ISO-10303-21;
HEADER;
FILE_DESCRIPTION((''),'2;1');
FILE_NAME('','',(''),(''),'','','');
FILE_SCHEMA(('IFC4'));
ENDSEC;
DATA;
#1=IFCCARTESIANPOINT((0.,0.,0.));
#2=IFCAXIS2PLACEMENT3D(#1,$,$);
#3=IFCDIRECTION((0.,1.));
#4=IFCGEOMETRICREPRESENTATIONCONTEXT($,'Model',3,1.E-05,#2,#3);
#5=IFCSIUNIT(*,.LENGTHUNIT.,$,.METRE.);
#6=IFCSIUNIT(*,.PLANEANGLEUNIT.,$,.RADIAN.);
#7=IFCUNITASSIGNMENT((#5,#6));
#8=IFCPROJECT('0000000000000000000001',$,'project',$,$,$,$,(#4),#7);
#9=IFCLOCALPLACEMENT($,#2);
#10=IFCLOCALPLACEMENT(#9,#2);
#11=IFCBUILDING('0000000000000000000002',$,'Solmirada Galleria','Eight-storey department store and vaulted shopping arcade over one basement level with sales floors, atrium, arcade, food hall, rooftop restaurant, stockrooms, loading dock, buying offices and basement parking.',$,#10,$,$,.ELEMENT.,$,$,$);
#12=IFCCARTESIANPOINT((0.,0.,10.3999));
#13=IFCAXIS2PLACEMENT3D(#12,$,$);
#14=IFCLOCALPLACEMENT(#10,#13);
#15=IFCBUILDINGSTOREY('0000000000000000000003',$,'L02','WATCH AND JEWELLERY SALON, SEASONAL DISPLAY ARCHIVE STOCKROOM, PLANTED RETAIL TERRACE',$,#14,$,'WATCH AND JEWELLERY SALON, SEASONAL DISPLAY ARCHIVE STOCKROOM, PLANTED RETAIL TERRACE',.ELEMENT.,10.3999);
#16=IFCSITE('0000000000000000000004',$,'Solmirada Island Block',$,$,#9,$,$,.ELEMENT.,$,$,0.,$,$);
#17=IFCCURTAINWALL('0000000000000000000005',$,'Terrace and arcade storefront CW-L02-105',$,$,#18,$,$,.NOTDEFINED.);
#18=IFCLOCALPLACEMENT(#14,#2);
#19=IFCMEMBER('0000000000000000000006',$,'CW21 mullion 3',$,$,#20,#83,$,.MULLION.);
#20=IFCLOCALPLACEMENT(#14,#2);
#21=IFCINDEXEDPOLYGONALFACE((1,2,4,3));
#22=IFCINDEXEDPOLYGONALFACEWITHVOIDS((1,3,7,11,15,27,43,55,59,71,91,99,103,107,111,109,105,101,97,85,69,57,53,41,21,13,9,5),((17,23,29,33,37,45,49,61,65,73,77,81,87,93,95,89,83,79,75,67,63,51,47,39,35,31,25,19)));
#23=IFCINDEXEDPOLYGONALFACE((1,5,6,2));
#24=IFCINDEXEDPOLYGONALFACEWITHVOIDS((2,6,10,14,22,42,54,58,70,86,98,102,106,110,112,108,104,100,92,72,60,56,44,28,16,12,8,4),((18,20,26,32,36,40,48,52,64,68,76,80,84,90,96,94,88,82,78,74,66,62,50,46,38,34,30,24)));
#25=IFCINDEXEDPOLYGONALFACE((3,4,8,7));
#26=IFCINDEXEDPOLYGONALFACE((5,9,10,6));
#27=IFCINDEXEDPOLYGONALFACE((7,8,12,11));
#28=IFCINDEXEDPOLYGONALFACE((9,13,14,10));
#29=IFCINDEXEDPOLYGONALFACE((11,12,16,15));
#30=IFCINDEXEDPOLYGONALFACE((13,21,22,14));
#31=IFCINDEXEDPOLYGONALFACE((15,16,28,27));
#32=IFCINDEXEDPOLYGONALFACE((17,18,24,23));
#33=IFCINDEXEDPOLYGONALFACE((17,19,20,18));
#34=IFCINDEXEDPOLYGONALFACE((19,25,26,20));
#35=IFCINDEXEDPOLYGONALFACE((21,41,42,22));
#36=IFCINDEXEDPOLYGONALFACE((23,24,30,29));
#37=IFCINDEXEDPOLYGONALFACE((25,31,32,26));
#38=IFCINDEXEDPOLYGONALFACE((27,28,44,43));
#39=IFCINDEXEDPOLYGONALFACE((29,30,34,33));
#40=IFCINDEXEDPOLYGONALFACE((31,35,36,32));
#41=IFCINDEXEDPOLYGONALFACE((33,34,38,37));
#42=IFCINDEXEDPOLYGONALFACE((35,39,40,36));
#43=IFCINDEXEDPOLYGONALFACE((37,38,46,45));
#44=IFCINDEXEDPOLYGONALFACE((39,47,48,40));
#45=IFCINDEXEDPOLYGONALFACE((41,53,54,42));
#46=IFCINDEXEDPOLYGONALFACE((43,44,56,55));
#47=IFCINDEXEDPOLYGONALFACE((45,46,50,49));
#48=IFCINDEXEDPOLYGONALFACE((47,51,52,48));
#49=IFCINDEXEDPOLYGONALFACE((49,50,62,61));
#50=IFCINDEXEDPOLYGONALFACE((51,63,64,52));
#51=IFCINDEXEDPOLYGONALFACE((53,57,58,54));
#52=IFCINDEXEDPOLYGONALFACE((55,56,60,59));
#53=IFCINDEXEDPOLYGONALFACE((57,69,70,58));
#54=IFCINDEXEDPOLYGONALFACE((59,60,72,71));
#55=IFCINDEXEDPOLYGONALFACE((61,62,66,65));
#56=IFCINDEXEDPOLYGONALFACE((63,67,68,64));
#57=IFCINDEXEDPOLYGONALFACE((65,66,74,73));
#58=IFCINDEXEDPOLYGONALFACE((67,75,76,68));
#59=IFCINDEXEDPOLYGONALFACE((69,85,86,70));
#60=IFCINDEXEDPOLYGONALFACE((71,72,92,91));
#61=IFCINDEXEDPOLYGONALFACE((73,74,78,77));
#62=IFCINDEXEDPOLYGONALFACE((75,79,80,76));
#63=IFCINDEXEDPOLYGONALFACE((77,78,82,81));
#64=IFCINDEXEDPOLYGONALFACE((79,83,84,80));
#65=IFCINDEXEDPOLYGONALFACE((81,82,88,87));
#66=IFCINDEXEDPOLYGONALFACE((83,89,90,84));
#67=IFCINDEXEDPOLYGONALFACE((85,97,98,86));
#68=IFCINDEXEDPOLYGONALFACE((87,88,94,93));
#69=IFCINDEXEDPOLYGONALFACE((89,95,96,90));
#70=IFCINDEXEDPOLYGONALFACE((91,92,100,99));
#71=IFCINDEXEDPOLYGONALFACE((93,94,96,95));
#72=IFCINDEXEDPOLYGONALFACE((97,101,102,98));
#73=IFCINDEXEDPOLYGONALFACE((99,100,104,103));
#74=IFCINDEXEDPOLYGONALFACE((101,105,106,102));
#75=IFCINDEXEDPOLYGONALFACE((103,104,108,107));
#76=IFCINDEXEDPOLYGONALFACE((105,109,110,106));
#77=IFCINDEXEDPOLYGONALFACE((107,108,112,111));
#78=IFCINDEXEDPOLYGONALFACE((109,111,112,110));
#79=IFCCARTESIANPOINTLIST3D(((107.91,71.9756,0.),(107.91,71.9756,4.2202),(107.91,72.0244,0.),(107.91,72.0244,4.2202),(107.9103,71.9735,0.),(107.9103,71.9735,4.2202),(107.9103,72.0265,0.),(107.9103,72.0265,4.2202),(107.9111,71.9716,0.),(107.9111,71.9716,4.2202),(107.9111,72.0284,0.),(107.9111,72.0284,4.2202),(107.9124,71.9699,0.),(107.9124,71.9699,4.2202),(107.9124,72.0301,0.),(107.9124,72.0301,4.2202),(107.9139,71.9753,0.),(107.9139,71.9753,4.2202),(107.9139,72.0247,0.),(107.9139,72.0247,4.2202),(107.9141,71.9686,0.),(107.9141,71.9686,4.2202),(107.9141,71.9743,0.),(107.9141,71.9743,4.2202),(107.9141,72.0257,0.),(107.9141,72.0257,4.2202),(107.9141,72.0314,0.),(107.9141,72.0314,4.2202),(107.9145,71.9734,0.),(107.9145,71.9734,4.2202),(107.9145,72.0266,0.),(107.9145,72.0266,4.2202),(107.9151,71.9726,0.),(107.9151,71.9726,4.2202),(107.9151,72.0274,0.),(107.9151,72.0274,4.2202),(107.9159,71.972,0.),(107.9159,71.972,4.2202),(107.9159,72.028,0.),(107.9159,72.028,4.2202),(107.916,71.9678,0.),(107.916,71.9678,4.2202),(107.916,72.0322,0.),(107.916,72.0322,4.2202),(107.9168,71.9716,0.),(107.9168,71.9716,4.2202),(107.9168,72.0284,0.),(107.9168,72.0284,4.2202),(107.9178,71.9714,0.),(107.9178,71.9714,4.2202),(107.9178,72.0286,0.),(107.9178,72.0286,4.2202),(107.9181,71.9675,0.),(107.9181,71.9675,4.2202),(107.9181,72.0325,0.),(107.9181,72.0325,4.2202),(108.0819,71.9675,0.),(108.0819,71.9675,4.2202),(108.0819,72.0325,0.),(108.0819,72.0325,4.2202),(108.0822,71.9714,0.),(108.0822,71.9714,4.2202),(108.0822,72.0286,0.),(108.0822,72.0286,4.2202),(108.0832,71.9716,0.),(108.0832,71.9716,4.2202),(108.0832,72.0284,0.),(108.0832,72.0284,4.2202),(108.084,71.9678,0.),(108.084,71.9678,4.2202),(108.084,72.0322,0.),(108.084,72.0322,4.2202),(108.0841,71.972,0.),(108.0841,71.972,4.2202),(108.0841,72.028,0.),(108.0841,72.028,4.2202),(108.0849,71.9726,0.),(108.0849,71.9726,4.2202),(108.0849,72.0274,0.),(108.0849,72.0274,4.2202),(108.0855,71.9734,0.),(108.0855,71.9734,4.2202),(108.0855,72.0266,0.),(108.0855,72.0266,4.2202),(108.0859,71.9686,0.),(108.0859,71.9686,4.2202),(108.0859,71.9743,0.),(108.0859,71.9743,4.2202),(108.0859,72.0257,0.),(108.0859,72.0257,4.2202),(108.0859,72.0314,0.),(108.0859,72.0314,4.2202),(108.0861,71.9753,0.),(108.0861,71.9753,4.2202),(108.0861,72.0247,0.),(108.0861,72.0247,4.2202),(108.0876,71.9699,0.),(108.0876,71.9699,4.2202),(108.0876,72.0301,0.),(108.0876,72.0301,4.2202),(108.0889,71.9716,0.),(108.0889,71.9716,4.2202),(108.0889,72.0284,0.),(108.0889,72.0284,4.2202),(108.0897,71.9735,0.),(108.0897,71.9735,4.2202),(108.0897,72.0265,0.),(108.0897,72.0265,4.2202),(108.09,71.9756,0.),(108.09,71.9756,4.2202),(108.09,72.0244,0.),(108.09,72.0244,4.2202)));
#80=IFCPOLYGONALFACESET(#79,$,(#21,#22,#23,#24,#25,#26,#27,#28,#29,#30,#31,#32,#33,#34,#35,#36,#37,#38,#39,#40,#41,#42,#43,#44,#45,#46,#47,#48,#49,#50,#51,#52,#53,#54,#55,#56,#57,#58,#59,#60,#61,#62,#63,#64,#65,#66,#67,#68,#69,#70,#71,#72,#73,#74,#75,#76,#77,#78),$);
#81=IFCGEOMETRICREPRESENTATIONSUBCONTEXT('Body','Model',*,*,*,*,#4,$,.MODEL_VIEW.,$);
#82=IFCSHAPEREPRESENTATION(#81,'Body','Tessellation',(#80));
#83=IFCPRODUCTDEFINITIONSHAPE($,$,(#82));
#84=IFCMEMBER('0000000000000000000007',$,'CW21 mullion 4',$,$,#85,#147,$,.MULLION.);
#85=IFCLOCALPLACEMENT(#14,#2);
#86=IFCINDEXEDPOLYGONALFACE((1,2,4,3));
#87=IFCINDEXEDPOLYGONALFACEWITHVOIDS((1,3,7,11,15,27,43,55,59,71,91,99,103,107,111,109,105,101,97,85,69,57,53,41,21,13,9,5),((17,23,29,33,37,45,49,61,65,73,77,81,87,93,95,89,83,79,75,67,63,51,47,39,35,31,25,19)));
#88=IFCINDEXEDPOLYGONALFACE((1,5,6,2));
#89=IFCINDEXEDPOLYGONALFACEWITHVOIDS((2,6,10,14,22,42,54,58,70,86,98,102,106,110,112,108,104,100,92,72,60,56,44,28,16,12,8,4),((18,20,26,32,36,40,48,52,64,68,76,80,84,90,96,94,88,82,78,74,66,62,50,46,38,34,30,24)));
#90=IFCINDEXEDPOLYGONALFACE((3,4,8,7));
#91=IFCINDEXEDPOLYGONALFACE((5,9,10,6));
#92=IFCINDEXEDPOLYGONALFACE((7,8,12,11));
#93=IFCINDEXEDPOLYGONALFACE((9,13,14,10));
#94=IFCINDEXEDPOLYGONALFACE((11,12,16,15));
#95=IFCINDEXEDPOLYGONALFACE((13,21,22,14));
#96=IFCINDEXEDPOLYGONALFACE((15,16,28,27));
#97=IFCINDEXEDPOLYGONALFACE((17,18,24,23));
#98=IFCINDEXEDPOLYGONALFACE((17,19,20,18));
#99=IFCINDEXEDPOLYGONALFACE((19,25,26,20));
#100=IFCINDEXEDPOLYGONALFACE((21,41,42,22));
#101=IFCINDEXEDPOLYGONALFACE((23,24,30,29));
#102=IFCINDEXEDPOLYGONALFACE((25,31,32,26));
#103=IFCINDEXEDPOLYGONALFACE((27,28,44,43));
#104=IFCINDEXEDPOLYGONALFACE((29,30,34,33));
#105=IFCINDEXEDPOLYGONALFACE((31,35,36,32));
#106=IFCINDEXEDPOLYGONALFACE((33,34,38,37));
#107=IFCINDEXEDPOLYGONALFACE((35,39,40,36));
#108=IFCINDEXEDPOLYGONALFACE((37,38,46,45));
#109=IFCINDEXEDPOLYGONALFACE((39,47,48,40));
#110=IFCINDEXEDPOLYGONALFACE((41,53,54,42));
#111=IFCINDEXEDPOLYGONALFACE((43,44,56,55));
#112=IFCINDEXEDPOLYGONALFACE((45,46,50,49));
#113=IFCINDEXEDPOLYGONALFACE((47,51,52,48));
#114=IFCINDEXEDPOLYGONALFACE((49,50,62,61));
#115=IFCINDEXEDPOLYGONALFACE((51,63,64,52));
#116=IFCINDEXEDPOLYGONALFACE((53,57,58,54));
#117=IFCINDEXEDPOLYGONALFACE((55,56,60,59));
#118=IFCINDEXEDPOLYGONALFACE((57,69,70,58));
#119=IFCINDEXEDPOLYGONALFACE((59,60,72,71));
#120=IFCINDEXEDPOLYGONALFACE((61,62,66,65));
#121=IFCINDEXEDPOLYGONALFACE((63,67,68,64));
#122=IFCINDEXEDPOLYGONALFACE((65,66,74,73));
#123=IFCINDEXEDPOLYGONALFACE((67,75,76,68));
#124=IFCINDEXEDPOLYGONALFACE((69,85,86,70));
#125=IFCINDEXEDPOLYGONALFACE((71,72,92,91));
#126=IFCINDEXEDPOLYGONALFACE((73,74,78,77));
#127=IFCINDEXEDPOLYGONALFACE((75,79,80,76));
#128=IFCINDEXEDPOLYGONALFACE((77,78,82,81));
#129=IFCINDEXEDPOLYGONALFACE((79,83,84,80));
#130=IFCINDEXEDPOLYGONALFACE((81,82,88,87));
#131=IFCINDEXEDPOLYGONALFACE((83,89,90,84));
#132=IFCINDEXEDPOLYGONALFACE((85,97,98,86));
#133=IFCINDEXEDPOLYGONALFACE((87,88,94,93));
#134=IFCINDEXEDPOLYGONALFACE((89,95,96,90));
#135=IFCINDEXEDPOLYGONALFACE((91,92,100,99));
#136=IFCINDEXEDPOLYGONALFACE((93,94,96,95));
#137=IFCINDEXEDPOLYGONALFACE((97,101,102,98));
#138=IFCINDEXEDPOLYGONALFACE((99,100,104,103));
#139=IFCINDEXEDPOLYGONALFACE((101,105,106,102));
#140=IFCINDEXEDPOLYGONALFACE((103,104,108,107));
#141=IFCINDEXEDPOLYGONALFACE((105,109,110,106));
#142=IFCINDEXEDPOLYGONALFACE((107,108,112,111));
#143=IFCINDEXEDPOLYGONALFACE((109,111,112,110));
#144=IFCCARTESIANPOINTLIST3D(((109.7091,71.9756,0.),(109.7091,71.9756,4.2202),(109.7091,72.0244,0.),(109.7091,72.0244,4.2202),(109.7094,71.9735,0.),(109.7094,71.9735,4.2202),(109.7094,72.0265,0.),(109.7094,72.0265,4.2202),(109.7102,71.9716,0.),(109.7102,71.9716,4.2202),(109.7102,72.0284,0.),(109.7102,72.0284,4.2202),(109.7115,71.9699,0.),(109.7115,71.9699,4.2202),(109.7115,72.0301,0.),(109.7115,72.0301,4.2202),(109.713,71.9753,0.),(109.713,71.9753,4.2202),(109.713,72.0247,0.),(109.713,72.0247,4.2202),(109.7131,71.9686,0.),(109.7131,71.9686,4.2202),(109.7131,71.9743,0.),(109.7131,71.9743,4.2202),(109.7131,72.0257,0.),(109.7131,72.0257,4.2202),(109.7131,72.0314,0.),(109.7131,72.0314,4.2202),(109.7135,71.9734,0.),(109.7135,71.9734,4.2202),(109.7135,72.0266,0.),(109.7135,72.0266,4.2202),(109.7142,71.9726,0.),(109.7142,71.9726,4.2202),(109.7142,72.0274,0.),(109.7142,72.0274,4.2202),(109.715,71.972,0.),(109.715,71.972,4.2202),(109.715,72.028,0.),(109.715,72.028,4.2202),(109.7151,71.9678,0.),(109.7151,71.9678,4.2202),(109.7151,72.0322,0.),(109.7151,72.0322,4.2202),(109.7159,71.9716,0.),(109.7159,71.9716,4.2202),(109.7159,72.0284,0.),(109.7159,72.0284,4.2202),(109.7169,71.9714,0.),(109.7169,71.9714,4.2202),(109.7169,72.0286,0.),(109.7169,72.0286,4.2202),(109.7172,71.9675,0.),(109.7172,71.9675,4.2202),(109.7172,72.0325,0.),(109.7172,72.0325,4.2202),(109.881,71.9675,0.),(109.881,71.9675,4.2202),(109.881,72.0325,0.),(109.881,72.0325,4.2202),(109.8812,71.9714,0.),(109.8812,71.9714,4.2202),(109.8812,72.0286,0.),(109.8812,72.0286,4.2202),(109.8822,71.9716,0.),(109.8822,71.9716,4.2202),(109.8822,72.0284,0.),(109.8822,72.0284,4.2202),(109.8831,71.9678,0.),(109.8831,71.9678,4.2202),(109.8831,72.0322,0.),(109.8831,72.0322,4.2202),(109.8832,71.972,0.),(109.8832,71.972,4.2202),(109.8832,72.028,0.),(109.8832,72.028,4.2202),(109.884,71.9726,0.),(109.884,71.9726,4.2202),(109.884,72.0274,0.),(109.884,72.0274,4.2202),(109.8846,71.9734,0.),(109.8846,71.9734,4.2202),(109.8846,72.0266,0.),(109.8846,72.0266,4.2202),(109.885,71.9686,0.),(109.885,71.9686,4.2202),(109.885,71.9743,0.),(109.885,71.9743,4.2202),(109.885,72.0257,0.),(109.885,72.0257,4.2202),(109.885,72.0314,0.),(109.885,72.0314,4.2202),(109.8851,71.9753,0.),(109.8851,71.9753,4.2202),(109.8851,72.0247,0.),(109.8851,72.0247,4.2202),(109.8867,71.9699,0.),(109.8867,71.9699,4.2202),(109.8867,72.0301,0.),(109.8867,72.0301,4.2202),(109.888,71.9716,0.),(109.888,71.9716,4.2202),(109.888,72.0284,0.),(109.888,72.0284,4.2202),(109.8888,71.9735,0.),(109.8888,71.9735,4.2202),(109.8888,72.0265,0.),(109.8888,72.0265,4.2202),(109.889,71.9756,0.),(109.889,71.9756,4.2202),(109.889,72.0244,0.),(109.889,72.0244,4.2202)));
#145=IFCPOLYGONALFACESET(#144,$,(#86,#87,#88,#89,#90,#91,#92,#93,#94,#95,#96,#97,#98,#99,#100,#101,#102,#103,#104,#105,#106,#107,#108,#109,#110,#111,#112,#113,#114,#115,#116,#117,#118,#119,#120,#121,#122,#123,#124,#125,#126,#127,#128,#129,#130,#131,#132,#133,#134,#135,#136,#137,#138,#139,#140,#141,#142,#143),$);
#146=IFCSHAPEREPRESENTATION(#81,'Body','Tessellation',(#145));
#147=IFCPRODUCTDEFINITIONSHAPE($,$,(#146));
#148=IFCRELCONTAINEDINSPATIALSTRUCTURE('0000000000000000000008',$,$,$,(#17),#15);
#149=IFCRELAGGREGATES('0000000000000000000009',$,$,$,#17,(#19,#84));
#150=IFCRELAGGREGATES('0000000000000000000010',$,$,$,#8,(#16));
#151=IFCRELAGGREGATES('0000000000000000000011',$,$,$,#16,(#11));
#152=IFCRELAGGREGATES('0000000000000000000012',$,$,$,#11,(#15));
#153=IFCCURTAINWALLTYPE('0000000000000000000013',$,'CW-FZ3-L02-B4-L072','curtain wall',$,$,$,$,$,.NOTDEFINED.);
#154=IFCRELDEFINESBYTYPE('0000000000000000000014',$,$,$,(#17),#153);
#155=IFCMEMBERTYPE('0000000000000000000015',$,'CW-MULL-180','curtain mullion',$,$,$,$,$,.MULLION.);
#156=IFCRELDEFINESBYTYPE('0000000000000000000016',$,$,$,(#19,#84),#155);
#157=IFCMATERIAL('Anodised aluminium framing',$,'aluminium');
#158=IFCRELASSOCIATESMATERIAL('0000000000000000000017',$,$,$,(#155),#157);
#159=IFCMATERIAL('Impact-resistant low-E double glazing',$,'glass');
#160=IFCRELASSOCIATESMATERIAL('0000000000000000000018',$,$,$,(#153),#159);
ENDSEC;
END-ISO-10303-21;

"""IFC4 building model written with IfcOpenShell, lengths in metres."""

from ifc_helpers import new_model, si_unit, direction, frame, origin, origin_2d, place, context, subcontext, project, spatial, hollow_rectangle, extrude, material, material_profile, profile_set, type_object, element, aggregate, save


model = new_model("IFC4")

# Units and contexts
model_context = context("Model", 3, precision=1e-05, world=origin(), true_north=direction((0.0, 1.0)))
body_context = subcontext(model_context, "Body", "Model", "MODEL_VIEW")
ifc_project = project(units=[si_unit("LENGTHUNIT", "METRE"), si_unit("PLANEANGLEUNIT", "RADIAN")], contexts=[model_context])

# Site, building, storey
site_placement = place(None, origin())
site = spatial("IfcSite", under=ifc_project, at=site_placement, Name="Solmirada Island Block", CompositionType="ELEMENT", RefElevation=0.0)
building_placement = place(site_placement, origin())
building = spatial("IfcBuilding", under=site, at=building_placement, Name="Solmirada Galleria", Description="Eight-storey department store and vaulted shopping arcade over one basement level with sales floors, atrium, arcade, food hall, rooftop restaurant, stockrooms, loading dock, buying offices and basement parking.", CompositionType="ELEMENT")
storey_placement = place(building_placement, frame((0.0, 0.0, 10.3999)))
storey = spatial("IfcBuildingStorey", under=building, at=storey_placement, Name="L02", Description="WATCH AND JEWELLERY SALON, SEASONAL DISPLAY ARCHIVE STOCKROOM, PLANTED RETAIL TERRACE", LongName="WATCH AND JEWELLERY SALON, SEASONAL DISPLAY ARCHIVE STOCKROOM, PLANTED RETAIL TERRACE", CompositionType="ELEMENT", Elevation=10.3999)

# Curtain wall, members
ifc_material_1 = material(Name="Impact-resistant low-E double glazing", Category="glass")
ifc_material_2 = material(Name="Anodised aluminium framing", Category="aluminium")
ifc_material_profile_1 = material_profile(ifc_material_2, hollow_rectangle(XDim=0.0649, YDim=0.1799, WallThickness=0.0039, InnerFilletRadius=0.0039, OuterFilletRadius=0.0081, at=origin_2d()), Name="ALU-MULL-180X65")
ifc_profile_set_1 = profile_set([ifc_material_profile_1], Name="Anodised aluminium framing")
member_type_1 = type_object("IfcMemberType", Name="CW-MULL-180", Description="curtain mullion", PredefinedType="MULLION", material=ifc_profile_set_1)
curtain_wall_type_1 = type_object("IfcCurtainWallType", Name="CW-FZ3-L02-B4-L072", Description="curtain wall", PredefinedType="NOTDEFINED", material=ifc_material_1)
curtain_wall_1_placement = place(storey_placement, origin())
curtain_wall_1 = element("IfcCurtainWall", 1, at=curtain_wall_1_placement, inside=storey, type_object=curtain_wall_type_1, Name="Terrace and arcade storefront CW-L02-105", PredefinedType="NOTDEFINED")
member_1_placement = place(storey_placement, frame((108.0, 72.0, 0.0), z_axis=(0.0, 0.0, 1.0), x_axis=(0.0, 1.0, 0.0)))
member_1 = element("IfcMember", 2, at=member_1_placement, type_object=member_type_1, Name="CW21 mullion 3", PredefinedType="MULLION", context=body_context, shape_type="SweptSolid", body=[
    extrude(hollow_rectangle(XDim=0.0649, YDim=0.1799, WallThickness=0.0039, InnerFilletRadius=0.0039, OuterFilletRadius=0.0081, at=origin_2d()), origin(), (0.0, 0.0, 1.0), 4.2202),
])
member_2_placement = place(storey_placement, frame((109.7991, 72.0, 0.0), z_axis=(0.0, 0.0, 1.0), x_axis=(0.0, 1.0, 0.0)))
member_2 = element("IfcMember", 3, at=member_2_placement, type_object=member_type_1, Name="CW21 mullion 4", PredefinedType="MULLION", context=body_context, shape_type="SweptSolid", body=[
    extrude(hollow_rectangle(XDim=0.0649, YDim=0.1799, WallThickness=0.0039, InnerFilletRadius=0.0039, OuterFilletRadius=0.0081, at=origin_2d()), origin(), (0.0, 0.0, 1.0), 4.2202),
])

aggregate(curtain_wall_1, [member_1, member_2])

save(model, "model.ifc")
